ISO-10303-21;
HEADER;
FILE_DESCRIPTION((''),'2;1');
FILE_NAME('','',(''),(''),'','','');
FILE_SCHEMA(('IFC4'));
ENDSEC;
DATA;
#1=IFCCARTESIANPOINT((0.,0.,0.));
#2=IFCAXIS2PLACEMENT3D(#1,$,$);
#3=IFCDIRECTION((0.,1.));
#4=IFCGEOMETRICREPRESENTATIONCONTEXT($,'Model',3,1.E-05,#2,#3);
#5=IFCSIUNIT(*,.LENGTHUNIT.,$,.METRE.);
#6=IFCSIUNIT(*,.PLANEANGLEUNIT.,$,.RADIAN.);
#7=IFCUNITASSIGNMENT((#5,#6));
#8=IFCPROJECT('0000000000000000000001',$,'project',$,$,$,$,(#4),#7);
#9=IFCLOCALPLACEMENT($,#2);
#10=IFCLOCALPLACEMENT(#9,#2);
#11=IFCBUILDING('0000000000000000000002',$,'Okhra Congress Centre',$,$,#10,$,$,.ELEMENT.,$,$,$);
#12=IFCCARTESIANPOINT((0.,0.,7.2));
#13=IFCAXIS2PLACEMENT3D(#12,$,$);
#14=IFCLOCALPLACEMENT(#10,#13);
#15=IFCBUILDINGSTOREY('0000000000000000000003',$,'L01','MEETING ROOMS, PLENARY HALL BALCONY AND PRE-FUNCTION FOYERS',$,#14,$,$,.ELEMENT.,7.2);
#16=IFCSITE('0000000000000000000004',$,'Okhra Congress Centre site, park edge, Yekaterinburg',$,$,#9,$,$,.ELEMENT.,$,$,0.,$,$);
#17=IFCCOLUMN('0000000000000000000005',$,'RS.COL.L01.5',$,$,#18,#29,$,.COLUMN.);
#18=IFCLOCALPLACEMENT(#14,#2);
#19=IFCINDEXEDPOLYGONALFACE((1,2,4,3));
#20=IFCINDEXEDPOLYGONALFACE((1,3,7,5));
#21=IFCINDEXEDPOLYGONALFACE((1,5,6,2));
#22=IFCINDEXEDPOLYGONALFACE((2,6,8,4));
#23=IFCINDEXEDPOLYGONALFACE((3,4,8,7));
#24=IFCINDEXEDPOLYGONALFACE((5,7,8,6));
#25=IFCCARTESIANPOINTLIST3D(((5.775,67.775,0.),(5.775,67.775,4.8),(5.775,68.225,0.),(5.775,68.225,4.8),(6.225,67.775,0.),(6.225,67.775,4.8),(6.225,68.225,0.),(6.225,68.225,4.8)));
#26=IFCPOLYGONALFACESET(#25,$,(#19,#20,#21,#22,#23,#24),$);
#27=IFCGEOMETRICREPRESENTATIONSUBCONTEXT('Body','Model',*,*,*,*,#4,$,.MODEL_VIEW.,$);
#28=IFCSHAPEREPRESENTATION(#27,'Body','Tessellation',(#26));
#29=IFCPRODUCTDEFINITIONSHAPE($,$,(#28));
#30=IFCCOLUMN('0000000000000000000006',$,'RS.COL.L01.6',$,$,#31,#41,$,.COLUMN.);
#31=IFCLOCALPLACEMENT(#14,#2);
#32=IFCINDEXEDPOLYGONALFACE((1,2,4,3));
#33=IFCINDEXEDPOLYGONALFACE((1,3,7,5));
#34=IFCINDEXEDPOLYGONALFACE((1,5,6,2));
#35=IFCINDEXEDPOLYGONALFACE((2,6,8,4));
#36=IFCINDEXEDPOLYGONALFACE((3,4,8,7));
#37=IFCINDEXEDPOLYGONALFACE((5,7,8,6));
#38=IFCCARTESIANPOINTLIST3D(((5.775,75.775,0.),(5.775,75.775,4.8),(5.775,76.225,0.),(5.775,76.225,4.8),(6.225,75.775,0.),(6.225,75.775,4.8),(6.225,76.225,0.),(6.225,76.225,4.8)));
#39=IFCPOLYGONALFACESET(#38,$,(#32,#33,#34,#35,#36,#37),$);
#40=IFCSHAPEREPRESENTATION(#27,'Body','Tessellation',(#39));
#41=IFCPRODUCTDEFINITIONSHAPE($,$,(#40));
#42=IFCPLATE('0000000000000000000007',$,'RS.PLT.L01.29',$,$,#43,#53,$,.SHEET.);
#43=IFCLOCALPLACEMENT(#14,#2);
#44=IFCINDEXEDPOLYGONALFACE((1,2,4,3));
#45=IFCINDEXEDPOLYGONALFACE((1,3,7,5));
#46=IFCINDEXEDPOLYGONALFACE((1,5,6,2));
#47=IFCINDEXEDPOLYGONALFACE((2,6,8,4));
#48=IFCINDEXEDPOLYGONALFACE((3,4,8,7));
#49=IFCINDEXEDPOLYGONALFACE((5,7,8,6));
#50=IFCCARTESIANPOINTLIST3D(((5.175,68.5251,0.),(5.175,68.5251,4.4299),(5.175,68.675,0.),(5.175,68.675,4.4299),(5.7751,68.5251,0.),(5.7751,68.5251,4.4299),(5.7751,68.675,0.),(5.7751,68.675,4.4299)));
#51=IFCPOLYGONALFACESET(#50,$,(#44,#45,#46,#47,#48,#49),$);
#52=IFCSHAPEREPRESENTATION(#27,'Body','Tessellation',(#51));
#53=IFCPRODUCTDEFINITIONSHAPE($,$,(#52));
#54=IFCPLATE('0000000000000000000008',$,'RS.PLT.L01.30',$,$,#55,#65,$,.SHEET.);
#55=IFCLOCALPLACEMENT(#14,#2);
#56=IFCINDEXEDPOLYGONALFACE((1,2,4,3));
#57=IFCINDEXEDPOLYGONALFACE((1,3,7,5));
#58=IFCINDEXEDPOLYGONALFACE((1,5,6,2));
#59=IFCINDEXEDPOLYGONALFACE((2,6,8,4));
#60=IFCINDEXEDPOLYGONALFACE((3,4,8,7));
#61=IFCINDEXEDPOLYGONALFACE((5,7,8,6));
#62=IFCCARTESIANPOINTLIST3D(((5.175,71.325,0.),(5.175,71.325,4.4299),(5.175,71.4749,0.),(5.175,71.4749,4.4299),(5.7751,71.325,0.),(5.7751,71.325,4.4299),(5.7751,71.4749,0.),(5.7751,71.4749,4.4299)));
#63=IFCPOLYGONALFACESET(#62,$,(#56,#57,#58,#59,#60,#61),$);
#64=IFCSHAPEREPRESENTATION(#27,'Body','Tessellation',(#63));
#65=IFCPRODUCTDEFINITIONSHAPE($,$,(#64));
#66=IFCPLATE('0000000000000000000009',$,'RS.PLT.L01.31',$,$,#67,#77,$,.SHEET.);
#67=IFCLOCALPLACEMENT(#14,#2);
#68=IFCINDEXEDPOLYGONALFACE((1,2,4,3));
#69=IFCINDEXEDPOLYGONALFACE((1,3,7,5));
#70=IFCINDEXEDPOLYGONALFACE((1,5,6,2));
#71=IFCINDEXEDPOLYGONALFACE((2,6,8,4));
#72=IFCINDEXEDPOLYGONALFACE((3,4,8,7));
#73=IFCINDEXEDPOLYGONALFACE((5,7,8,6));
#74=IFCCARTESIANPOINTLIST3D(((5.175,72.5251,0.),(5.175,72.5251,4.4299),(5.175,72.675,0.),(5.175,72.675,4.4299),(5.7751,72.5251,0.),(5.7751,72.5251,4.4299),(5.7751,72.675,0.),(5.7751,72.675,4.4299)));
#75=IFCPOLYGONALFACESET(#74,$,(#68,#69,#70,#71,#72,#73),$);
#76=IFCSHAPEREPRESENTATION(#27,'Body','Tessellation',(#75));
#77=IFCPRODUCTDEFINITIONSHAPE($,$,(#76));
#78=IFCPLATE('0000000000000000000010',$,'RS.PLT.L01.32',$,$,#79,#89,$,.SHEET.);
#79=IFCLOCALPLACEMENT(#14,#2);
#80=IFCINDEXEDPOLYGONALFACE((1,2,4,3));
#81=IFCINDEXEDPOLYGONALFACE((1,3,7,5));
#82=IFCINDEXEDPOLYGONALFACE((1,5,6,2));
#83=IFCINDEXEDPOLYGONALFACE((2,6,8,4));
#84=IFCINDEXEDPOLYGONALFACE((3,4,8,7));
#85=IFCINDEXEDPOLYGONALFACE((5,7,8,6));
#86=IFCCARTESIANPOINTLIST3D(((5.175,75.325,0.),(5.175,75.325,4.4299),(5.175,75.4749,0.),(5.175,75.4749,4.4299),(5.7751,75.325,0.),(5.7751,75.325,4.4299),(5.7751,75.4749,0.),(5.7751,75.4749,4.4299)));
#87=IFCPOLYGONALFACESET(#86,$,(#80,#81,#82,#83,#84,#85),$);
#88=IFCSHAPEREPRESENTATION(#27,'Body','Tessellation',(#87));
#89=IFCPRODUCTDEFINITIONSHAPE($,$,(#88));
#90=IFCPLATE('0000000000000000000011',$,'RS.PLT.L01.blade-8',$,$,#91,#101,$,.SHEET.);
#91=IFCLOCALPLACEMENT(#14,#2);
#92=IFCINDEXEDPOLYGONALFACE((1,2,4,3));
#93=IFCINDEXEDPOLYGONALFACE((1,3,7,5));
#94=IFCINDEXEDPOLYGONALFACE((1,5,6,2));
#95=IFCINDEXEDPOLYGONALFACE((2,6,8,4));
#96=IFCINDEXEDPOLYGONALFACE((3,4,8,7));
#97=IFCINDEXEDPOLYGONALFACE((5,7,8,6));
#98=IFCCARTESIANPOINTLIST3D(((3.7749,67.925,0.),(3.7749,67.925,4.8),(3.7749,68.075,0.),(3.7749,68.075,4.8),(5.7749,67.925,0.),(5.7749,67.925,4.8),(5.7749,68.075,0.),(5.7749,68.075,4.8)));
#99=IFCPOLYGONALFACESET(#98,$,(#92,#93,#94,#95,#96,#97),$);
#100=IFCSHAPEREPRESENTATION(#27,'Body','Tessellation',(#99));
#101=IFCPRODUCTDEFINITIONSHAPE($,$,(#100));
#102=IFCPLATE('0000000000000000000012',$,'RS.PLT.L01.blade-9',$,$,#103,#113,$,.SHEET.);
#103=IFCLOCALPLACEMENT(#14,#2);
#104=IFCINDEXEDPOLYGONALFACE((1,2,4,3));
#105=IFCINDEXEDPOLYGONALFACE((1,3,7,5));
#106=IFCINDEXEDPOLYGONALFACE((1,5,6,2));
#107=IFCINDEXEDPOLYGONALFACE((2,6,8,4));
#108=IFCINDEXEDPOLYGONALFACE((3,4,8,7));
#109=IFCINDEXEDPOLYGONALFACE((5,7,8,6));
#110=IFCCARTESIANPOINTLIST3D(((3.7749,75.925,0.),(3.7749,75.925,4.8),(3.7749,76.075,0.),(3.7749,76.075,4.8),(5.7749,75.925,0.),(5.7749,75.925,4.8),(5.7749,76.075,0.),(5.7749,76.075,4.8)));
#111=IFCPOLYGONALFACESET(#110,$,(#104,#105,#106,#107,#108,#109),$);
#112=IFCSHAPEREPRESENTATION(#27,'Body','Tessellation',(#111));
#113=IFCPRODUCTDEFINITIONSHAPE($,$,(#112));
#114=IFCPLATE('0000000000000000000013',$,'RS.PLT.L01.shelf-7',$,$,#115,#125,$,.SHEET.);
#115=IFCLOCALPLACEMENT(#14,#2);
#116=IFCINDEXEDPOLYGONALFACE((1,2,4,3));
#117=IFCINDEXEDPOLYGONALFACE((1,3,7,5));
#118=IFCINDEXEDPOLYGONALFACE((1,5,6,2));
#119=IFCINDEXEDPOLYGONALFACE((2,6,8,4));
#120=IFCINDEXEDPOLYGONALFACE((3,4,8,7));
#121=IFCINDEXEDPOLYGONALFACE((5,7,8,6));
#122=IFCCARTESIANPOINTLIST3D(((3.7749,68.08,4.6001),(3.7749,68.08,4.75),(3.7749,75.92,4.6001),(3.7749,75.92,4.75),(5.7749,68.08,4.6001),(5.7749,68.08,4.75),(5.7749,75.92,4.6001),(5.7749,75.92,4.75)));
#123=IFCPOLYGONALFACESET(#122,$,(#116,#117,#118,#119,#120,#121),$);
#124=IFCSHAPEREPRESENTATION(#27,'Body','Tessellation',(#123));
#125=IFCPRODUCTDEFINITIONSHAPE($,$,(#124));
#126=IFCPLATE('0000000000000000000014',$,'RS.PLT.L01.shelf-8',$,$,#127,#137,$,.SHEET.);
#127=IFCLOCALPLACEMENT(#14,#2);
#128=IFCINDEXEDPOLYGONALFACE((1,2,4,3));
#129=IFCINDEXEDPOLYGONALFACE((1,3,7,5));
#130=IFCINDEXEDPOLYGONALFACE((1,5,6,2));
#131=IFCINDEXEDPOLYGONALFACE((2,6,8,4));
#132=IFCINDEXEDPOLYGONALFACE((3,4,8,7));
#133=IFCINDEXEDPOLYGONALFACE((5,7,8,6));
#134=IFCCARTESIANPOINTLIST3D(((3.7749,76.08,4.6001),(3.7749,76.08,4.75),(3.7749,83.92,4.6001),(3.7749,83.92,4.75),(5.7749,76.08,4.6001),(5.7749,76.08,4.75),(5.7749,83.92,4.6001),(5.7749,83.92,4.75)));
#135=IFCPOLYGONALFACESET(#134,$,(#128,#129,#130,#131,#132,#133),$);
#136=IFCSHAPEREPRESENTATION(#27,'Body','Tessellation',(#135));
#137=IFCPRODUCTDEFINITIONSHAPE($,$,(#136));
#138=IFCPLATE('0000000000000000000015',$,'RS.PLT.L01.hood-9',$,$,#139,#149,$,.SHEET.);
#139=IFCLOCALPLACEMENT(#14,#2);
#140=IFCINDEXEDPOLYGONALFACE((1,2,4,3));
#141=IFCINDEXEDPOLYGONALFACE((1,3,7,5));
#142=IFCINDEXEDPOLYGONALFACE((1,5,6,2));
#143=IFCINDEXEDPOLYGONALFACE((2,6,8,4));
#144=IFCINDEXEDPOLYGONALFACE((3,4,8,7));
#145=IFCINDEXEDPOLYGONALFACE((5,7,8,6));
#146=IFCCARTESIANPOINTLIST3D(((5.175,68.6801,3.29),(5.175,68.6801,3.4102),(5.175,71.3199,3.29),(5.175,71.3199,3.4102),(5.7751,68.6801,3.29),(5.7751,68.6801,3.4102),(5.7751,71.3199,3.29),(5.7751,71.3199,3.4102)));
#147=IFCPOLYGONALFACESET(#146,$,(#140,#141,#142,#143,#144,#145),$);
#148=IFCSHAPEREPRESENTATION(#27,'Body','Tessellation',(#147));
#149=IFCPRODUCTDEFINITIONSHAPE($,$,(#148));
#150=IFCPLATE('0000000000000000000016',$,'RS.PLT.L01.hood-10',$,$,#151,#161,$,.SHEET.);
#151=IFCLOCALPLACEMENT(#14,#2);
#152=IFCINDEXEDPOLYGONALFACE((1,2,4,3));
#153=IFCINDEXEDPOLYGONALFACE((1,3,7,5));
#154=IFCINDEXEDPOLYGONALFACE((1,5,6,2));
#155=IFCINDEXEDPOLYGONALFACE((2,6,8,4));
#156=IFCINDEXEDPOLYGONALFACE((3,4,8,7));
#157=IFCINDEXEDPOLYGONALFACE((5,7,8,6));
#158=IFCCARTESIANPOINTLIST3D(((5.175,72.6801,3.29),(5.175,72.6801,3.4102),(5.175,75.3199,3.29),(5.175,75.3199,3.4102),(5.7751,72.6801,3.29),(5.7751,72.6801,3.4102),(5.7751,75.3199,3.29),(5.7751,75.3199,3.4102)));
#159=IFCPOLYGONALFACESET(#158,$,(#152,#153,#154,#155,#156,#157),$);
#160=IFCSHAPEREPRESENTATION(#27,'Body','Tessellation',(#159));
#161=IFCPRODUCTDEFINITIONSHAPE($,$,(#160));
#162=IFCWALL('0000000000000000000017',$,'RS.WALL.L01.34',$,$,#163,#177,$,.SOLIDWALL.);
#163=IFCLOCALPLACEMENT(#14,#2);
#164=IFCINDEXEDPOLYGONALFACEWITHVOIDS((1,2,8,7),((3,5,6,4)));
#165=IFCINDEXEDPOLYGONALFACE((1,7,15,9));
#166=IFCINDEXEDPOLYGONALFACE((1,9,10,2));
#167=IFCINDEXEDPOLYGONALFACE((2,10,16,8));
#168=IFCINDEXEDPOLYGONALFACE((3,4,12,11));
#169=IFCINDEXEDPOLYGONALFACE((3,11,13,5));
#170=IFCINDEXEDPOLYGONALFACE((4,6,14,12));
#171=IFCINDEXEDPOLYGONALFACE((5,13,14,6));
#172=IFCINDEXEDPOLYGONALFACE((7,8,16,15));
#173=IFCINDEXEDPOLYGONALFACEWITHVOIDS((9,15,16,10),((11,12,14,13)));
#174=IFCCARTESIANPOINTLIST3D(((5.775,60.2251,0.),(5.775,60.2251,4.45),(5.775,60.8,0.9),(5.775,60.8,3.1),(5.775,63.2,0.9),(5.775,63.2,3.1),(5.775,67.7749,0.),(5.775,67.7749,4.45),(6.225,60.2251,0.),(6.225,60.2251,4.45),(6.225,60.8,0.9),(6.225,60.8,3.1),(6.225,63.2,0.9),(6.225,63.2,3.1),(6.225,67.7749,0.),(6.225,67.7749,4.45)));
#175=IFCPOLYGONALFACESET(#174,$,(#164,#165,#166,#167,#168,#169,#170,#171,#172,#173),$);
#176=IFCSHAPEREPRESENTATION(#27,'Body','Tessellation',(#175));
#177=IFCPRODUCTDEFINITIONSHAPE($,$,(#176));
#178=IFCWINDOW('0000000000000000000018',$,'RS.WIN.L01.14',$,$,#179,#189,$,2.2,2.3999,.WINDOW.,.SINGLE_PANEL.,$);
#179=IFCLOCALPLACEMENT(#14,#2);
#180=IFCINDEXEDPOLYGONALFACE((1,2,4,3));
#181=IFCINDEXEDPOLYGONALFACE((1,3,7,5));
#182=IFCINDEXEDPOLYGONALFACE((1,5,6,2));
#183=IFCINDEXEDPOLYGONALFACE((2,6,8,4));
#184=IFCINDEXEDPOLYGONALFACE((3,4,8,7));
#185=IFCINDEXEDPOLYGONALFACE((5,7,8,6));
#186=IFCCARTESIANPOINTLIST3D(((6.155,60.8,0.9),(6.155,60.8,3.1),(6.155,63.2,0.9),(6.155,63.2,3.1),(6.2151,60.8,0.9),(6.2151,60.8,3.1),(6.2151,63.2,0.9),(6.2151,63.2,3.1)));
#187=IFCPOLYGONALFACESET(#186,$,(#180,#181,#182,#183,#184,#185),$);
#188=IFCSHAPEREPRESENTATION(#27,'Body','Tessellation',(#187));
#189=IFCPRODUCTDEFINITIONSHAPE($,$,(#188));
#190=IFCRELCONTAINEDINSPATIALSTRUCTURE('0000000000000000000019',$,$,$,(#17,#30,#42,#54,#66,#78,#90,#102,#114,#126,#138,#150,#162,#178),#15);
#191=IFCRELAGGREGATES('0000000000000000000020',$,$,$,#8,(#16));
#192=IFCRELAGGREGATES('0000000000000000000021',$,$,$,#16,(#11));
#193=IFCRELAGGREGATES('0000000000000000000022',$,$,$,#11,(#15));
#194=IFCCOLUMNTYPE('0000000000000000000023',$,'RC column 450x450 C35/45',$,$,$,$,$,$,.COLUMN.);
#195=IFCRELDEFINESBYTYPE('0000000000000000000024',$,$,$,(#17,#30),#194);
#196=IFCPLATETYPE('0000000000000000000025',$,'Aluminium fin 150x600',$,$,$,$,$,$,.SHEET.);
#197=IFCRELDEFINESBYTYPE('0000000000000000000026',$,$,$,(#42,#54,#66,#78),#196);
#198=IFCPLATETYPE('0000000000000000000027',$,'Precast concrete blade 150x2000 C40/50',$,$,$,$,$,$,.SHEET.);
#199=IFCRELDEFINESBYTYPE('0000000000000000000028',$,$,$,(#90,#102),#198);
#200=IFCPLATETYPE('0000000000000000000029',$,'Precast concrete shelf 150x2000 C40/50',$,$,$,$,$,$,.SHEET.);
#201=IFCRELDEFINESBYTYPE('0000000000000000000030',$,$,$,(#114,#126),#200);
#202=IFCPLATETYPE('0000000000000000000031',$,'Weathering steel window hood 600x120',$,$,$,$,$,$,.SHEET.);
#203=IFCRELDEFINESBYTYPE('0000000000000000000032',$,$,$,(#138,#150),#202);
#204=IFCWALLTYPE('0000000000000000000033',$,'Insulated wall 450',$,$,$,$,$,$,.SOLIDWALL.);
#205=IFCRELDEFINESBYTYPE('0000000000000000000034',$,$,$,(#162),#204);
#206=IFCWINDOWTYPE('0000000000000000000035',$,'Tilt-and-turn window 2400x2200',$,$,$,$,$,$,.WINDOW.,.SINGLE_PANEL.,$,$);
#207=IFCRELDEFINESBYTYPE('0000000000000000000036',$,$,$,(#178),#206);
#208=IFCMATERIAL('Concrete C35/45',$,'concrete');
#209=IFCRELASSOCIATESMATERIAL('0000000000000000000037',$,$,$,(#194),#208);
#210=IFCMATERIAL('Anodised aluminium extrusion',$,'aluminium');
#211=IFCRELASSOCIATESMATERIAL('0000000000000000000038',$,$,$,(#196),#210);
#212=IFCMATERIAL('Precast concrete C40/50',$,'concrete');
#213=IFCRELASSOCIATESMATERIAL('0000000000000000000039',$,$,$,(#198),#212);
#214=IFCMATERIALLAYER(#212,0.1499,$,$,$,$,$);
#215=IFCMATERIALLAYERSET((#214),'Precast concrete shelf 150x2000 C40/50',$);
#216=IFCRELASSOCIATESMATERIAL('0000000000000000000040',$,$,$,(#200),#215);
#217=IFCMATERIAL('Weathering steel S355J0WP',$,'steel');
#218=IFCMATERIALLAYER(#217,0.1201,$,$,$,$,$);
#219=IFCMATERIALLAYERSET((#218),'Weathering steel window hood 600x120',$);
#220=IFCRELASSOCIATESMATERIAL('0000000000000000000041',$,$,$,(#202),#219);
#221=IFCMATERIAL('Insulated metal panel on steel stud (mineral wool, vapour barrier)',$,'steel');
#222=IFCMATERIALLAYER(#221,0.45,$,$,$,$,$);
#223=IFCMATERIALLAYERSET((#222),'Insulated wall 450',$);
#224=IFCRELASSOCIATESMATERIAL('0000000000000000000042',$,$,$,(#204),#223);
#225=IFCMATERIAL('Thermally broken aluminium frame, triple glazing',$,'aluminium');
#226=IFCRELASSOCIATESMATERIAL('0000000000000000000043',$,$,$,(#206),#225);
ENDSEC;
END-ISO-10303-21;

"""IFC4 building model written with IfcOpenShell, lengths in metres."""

from ifc_helpers import new_model, si_unit, direction, frame, frame_2d, origin, origin_2d, place, context, subcontext, project, spatial, rectangle, extrude, material, layer, layer_set, material_profile, profile_set, type_object, element, fill, save


model = new_model("IFC4")

# Units and contexts
model_context = context("Model", 3, precision=1e-05, world=origin(), true_north=direction((0.0, 1.0)))
body_context = subcontext(model_context, "Body", "Model", "MODEL_VIEW")
ifc_project = project(units=[si_unit("LENGTHUNIT", "METRE"), si_unit("PLANEANGLEUNIT", "RADIAN")], contexts=[model_context])

# Site, building, storey
site_placement = place(None, origin())
site = spatial("IfcSite", under=ifc_project, at=site_placement, Name="Okhra Congress Centre site, park edge, Yekaterinburg", CompositionType="ELEMENT", RefElevation=0.0)
building_placement = place(site_placement, origin())
building = spatial("IfcBuilding", under=site, at=building_placement, Name="Okhra Congress Centre", CompositionType="ELEMENT")
storey_placement = place(building_placement, frame((0.0, 0.0, 7.2)))
storey = spatial("IfcBuildingStorey", under=building, at=storey_placement, Name="L01", Description="MEETING ROOMS, PLENARY HALL BALCONY AND PRE-FUNCTION FOYERS", CompositionType="ELEMENT", Elevation=7.2)

# Columns
ifc_material_1 = material(Name="Concrete C35/45", Category="concrete")
ifc_material_profile = material_profile(ifc_material_1, rectangle(XDim=0.45, YDim=0.45, at=origin_2d()), Name="RC 450x450")
ifc_profile_set = profile_set([ifc_material_profile], Name="Concrete C35/45")
column_type = type_object("IfcColumnType", Name="RC column 450x450 C35/45", PredefinedType="COLUMN", material=ifc_profile_set)
for number, where, z_axis, x_axis, name in (
    (1, (6.0, 68.0, 0.0), (0.0, 0.0, 1.0), (1.0, 0.0, 0.0), "RS.COL.L01.5"),
    (2, (6.0, 76.0, 0.0), (0.0, 0.0, 1.0), (1.0, 0.0, 0.0), "RS.COL.L01.6"),
):
    element("IfcColumn", number, at=place(storey_placement, frame(where, z_axis=z_axis, x_axis=x_axis)), inside=storey, type_object=column_type, Name=name, PredefinedType="COLUMN", context=body_context, shape_type="SweptSolid", body=[
        extrude(rectangle(XDim=0.45, YDim=0.45, at=origin_2d()), origin(), (0.0, 0.0, 1.0), 4.8),
    ])

# Plates
ifc_material_2 = material(Name="Anodised aluminium extrusion", Category="aluminium")
plate_type_1 = type_object("IfcPlateType", Name="Aluminium fin 150x600", PredefinedType="SHEET", material=ifc_material_2)
for number, where, z_axis, x_axis, name in (
    (3, (5.4751, 68.6001, 0.0), (0.0, 0.0, 1.0), (0.0, -1.0, 0.0), "RS.PLT.L01.29"),
    (4, (5.4751, 71.3999, 0.0), (0.0, 0.0, 1.0), (0.0, -1.0, 0.0), "RS.PLT.L01.30"),
    (5, (5.4751, 72.6001, 0.0), (0.0, 0.0, 1.0), (0.0, -1.0, 0.0), "RS.PLT.L01.31"),
    (6, (5.4751, 75.3999, 0.0), (0.0, 0.0, 1.0), (0.0, -1.0, 0.0), "RS.PLT.L01.32"),
):
    element("IfcPlate", number, at=place(storey_placement, frame(where, z_axis=z_axis, x_axis=x_axis)), inside=storey, type_object=plate_type_1, Name=name, PredefinedType="SHEET", context=body_context, shape_type="SweptSolid", body=[
        extrude(rectangle(XDim=0.1499, YDim=0.6001, at=origin_2d()), origin(), (0.0, 0.0, 1.0), 4.4299),
    ])
ifc_material_3 = material(Name="Precast concrete C40/50", Category="concrete")
plate_type_2 = type_object("IfcPlateType", Name="Precast concrete blade 150x2000 C40/50", PredefinedType="SHEET", material=ifc_material_3)
for number, where, z_axis, x_axis, name in (
    (7, (4.7749, 68.0, 0.0), (0.0, 0.0, 1.0), (0.0, -1.0, 0.0), "RS.PLT.L01.blade-8"),
    (8, (4.7749, 76.0, 0.0), (0.0, 0.0, 1.0), (0.0, -1.0, 0.0), "RS.PLT.L01.blade-9"),
):
    element("IfcPlate", number, at=place(storey_placement, frame(where, z_axis=z_axis, x_axis=x_axis)), inside=storey, type_object=plate_type_2, Name=name, PredefinedType="SHEET", context=body_context, shape_type="SweptSolid", body=[
        extrude(rectangle(XDim=0.1499, YDim=2.0, at=origin_2d()), origin(), (0.0, 0.0, 1.0), 4.8),
    ])
ifc_layer_1 = layer(ifc_material_3, 0.1499)
ifc_layer_set_1 = layer_set([ifc_layer_1], Name="Precast concrete shelf 150x2000 C40/50")
plate_type_3 = type_object("IfcPlateType", Name="Precast concrete shelf 150x2000 C40/50", PredefinedType="SHEET", material=ifc_layer_set_1)
for number, where, z_axis, x_axis, name in (
    (9, (4.7749, 72.0, 4.6001), (0.0, 0.0, 1.0), (0.0, -1.0, 0.0), "RS.PLT.L01.shelf-7"),
    (10, (4.7749, 80.0, 4.6001), (0.0, 0.0, 1.0), (0.0, -1.0, 0.0), "RS.PLT.L01.shelf-8"),
):
    element("IfcPlate", number, at=place(storey_placement, frame(where, z_axis=z_axis, x_axis=x_axis)), inside=storey, type_object=plate_type_3, Name=name, PredefinedType="SHEET", context=body_context, shape_type="SweptSolid", body=[
        extrude(rectangle(XDim=7.8401, YDim=2.0, at=origin_2d()), origin(), (0.0, 0.0, 1.0), 0.1499),
    ])
ifc_material_4 = material(Name="Weathering steel S355J0WP", Category="steel")
ifc_layer_2 = layer(ifc_material_4, 0.1201)
ifc_layer_set_2 = layer_set([ifc_layer_2], Name="Weathering steel window hood 600x120")
plate_type_4 = type_object("IfcPlateType", Name="Weathering steel window hood 600x120", PredefinedType="SHEET", material=ifc_layer_set_2)
for number, where, z_axis, x_axis, name in (
    (11, (5.4751, 70.0, 3.29), (0.0, 0.0, 1.0), (0.0, -1.0, 0.0), "RS.PLT.L01.hood-9"),
    (12, (5.4751, 74.0, 3.29), (0.0, 0.0, 1.0), (0.0, -1.0, 0.0), "RS.PLT.L01.hood-10"),
):
    element("IfcPlate", number, at=place(storey_placement, frame(where, z_axis=z_axis, x_axis=x_axis)), inside=storey, type_object=plate_type_4, Name=name, PredefinedType="SHEET", context=body_context, shape_type="SweptSolid", body=[
        extrude(rectangle(XDim=2.6399, YDim=0.6001, at=origin_2d()), origin(), (0.0, 0.0, 1.0), 0.1201),
    ])

# Wall, opening, window
ifc_material_5 = material(Name="Insulated metal panel on steel stud (mineral wool, vapour barrier)", Category="steel")
ifc_layer_3 = layer(ifc_material_5, 0.45)
ifc_layer_set_3 = layer_set([ifc_layer_3], Name="Insulated wall 450")
wall_type_1 = type_object("IfcWallType", Name="Insulated wall 450", PredefinedType="SOLIDWALL", material=ifc_layer_set_3)
wall_1_placement = place(storey_placement, frame((6.0, 67.7749, 0.0), z_axis=(0.0, 0.0, 1.0), x_axis=(0.0, -1.0, 0.0)))
wall_1 = element("IfcWall", 13, at=wall_1_placement, inside=storey, type_object=wall_type_1, Name="RS.WALL.L01.34", PredefinedType="SOLIDWALL", context=body_context, shape_type="SweptSolid", body=[
    extrude(rectangle(XDim=7.5498, YDim=0.45, at=frame_2d((3.7749, 0.0))), origin(), (0.0, 0.0, 1.0), 4.45),
])
opening_1_placement = place(wall_1_placement, frame((4.575, 0.0, 0.8999)))
opening_1 = element("IfcOpeningElement", 14, at=opening_1_placement, cuts=wall_1, PredefinedType="OPENING", context=body_context, shape_type="SweptSolid", body=[
    extrude(rectangle(XDim=2.3999, YDim=2.2, at=frame_2d((1.2, 1.1001))), frame((0.0, 0.2349, 0.0), z_axis=(0.0, -1.0, 0.0), x_axis=(1.0, 0.0, 0.0)), (0.0, 0.0, 1.0), 0.47),
])
ifc_material_6 = material(Name="Thermally broken aluminium frame, triple glazing", Category="aluminium")
window_type = type_object("IfcWindowType", Name="Tilt-and-turn window 2400x2200", PartitioningType="SINGLE_PANEL", PredefinedType="WINDOW", material=ifc_material_6)
window_1_placement = place(opening_1_placement, origin())
window_1 = element("IfcWindow", 15, at=window_1_placement, inside=storey, type_object=window_type, Name="RS.WIN.L01.14", OverallHeight=2.2, OverallWidth=2.3999, PartitioningType="SINGLE_PANEL", PredefinedType="WINDOW", context=body_context, shape_type="SweptSolid", body=[
    extrude(rectangle(XDim=2.3999, YDim=2.2, at=frame_2d((1.2, 1.1001))), frame((0.0, 0.2151, 0.0), z_axis=(0.0, -1.0, 0.0), x_axis=(1.0, 0.0, 0.0)), (0.0, 0.0, 1.0), 0.0601),
])
fill(opening_1, window_1)

save(model, "model.ifc")
